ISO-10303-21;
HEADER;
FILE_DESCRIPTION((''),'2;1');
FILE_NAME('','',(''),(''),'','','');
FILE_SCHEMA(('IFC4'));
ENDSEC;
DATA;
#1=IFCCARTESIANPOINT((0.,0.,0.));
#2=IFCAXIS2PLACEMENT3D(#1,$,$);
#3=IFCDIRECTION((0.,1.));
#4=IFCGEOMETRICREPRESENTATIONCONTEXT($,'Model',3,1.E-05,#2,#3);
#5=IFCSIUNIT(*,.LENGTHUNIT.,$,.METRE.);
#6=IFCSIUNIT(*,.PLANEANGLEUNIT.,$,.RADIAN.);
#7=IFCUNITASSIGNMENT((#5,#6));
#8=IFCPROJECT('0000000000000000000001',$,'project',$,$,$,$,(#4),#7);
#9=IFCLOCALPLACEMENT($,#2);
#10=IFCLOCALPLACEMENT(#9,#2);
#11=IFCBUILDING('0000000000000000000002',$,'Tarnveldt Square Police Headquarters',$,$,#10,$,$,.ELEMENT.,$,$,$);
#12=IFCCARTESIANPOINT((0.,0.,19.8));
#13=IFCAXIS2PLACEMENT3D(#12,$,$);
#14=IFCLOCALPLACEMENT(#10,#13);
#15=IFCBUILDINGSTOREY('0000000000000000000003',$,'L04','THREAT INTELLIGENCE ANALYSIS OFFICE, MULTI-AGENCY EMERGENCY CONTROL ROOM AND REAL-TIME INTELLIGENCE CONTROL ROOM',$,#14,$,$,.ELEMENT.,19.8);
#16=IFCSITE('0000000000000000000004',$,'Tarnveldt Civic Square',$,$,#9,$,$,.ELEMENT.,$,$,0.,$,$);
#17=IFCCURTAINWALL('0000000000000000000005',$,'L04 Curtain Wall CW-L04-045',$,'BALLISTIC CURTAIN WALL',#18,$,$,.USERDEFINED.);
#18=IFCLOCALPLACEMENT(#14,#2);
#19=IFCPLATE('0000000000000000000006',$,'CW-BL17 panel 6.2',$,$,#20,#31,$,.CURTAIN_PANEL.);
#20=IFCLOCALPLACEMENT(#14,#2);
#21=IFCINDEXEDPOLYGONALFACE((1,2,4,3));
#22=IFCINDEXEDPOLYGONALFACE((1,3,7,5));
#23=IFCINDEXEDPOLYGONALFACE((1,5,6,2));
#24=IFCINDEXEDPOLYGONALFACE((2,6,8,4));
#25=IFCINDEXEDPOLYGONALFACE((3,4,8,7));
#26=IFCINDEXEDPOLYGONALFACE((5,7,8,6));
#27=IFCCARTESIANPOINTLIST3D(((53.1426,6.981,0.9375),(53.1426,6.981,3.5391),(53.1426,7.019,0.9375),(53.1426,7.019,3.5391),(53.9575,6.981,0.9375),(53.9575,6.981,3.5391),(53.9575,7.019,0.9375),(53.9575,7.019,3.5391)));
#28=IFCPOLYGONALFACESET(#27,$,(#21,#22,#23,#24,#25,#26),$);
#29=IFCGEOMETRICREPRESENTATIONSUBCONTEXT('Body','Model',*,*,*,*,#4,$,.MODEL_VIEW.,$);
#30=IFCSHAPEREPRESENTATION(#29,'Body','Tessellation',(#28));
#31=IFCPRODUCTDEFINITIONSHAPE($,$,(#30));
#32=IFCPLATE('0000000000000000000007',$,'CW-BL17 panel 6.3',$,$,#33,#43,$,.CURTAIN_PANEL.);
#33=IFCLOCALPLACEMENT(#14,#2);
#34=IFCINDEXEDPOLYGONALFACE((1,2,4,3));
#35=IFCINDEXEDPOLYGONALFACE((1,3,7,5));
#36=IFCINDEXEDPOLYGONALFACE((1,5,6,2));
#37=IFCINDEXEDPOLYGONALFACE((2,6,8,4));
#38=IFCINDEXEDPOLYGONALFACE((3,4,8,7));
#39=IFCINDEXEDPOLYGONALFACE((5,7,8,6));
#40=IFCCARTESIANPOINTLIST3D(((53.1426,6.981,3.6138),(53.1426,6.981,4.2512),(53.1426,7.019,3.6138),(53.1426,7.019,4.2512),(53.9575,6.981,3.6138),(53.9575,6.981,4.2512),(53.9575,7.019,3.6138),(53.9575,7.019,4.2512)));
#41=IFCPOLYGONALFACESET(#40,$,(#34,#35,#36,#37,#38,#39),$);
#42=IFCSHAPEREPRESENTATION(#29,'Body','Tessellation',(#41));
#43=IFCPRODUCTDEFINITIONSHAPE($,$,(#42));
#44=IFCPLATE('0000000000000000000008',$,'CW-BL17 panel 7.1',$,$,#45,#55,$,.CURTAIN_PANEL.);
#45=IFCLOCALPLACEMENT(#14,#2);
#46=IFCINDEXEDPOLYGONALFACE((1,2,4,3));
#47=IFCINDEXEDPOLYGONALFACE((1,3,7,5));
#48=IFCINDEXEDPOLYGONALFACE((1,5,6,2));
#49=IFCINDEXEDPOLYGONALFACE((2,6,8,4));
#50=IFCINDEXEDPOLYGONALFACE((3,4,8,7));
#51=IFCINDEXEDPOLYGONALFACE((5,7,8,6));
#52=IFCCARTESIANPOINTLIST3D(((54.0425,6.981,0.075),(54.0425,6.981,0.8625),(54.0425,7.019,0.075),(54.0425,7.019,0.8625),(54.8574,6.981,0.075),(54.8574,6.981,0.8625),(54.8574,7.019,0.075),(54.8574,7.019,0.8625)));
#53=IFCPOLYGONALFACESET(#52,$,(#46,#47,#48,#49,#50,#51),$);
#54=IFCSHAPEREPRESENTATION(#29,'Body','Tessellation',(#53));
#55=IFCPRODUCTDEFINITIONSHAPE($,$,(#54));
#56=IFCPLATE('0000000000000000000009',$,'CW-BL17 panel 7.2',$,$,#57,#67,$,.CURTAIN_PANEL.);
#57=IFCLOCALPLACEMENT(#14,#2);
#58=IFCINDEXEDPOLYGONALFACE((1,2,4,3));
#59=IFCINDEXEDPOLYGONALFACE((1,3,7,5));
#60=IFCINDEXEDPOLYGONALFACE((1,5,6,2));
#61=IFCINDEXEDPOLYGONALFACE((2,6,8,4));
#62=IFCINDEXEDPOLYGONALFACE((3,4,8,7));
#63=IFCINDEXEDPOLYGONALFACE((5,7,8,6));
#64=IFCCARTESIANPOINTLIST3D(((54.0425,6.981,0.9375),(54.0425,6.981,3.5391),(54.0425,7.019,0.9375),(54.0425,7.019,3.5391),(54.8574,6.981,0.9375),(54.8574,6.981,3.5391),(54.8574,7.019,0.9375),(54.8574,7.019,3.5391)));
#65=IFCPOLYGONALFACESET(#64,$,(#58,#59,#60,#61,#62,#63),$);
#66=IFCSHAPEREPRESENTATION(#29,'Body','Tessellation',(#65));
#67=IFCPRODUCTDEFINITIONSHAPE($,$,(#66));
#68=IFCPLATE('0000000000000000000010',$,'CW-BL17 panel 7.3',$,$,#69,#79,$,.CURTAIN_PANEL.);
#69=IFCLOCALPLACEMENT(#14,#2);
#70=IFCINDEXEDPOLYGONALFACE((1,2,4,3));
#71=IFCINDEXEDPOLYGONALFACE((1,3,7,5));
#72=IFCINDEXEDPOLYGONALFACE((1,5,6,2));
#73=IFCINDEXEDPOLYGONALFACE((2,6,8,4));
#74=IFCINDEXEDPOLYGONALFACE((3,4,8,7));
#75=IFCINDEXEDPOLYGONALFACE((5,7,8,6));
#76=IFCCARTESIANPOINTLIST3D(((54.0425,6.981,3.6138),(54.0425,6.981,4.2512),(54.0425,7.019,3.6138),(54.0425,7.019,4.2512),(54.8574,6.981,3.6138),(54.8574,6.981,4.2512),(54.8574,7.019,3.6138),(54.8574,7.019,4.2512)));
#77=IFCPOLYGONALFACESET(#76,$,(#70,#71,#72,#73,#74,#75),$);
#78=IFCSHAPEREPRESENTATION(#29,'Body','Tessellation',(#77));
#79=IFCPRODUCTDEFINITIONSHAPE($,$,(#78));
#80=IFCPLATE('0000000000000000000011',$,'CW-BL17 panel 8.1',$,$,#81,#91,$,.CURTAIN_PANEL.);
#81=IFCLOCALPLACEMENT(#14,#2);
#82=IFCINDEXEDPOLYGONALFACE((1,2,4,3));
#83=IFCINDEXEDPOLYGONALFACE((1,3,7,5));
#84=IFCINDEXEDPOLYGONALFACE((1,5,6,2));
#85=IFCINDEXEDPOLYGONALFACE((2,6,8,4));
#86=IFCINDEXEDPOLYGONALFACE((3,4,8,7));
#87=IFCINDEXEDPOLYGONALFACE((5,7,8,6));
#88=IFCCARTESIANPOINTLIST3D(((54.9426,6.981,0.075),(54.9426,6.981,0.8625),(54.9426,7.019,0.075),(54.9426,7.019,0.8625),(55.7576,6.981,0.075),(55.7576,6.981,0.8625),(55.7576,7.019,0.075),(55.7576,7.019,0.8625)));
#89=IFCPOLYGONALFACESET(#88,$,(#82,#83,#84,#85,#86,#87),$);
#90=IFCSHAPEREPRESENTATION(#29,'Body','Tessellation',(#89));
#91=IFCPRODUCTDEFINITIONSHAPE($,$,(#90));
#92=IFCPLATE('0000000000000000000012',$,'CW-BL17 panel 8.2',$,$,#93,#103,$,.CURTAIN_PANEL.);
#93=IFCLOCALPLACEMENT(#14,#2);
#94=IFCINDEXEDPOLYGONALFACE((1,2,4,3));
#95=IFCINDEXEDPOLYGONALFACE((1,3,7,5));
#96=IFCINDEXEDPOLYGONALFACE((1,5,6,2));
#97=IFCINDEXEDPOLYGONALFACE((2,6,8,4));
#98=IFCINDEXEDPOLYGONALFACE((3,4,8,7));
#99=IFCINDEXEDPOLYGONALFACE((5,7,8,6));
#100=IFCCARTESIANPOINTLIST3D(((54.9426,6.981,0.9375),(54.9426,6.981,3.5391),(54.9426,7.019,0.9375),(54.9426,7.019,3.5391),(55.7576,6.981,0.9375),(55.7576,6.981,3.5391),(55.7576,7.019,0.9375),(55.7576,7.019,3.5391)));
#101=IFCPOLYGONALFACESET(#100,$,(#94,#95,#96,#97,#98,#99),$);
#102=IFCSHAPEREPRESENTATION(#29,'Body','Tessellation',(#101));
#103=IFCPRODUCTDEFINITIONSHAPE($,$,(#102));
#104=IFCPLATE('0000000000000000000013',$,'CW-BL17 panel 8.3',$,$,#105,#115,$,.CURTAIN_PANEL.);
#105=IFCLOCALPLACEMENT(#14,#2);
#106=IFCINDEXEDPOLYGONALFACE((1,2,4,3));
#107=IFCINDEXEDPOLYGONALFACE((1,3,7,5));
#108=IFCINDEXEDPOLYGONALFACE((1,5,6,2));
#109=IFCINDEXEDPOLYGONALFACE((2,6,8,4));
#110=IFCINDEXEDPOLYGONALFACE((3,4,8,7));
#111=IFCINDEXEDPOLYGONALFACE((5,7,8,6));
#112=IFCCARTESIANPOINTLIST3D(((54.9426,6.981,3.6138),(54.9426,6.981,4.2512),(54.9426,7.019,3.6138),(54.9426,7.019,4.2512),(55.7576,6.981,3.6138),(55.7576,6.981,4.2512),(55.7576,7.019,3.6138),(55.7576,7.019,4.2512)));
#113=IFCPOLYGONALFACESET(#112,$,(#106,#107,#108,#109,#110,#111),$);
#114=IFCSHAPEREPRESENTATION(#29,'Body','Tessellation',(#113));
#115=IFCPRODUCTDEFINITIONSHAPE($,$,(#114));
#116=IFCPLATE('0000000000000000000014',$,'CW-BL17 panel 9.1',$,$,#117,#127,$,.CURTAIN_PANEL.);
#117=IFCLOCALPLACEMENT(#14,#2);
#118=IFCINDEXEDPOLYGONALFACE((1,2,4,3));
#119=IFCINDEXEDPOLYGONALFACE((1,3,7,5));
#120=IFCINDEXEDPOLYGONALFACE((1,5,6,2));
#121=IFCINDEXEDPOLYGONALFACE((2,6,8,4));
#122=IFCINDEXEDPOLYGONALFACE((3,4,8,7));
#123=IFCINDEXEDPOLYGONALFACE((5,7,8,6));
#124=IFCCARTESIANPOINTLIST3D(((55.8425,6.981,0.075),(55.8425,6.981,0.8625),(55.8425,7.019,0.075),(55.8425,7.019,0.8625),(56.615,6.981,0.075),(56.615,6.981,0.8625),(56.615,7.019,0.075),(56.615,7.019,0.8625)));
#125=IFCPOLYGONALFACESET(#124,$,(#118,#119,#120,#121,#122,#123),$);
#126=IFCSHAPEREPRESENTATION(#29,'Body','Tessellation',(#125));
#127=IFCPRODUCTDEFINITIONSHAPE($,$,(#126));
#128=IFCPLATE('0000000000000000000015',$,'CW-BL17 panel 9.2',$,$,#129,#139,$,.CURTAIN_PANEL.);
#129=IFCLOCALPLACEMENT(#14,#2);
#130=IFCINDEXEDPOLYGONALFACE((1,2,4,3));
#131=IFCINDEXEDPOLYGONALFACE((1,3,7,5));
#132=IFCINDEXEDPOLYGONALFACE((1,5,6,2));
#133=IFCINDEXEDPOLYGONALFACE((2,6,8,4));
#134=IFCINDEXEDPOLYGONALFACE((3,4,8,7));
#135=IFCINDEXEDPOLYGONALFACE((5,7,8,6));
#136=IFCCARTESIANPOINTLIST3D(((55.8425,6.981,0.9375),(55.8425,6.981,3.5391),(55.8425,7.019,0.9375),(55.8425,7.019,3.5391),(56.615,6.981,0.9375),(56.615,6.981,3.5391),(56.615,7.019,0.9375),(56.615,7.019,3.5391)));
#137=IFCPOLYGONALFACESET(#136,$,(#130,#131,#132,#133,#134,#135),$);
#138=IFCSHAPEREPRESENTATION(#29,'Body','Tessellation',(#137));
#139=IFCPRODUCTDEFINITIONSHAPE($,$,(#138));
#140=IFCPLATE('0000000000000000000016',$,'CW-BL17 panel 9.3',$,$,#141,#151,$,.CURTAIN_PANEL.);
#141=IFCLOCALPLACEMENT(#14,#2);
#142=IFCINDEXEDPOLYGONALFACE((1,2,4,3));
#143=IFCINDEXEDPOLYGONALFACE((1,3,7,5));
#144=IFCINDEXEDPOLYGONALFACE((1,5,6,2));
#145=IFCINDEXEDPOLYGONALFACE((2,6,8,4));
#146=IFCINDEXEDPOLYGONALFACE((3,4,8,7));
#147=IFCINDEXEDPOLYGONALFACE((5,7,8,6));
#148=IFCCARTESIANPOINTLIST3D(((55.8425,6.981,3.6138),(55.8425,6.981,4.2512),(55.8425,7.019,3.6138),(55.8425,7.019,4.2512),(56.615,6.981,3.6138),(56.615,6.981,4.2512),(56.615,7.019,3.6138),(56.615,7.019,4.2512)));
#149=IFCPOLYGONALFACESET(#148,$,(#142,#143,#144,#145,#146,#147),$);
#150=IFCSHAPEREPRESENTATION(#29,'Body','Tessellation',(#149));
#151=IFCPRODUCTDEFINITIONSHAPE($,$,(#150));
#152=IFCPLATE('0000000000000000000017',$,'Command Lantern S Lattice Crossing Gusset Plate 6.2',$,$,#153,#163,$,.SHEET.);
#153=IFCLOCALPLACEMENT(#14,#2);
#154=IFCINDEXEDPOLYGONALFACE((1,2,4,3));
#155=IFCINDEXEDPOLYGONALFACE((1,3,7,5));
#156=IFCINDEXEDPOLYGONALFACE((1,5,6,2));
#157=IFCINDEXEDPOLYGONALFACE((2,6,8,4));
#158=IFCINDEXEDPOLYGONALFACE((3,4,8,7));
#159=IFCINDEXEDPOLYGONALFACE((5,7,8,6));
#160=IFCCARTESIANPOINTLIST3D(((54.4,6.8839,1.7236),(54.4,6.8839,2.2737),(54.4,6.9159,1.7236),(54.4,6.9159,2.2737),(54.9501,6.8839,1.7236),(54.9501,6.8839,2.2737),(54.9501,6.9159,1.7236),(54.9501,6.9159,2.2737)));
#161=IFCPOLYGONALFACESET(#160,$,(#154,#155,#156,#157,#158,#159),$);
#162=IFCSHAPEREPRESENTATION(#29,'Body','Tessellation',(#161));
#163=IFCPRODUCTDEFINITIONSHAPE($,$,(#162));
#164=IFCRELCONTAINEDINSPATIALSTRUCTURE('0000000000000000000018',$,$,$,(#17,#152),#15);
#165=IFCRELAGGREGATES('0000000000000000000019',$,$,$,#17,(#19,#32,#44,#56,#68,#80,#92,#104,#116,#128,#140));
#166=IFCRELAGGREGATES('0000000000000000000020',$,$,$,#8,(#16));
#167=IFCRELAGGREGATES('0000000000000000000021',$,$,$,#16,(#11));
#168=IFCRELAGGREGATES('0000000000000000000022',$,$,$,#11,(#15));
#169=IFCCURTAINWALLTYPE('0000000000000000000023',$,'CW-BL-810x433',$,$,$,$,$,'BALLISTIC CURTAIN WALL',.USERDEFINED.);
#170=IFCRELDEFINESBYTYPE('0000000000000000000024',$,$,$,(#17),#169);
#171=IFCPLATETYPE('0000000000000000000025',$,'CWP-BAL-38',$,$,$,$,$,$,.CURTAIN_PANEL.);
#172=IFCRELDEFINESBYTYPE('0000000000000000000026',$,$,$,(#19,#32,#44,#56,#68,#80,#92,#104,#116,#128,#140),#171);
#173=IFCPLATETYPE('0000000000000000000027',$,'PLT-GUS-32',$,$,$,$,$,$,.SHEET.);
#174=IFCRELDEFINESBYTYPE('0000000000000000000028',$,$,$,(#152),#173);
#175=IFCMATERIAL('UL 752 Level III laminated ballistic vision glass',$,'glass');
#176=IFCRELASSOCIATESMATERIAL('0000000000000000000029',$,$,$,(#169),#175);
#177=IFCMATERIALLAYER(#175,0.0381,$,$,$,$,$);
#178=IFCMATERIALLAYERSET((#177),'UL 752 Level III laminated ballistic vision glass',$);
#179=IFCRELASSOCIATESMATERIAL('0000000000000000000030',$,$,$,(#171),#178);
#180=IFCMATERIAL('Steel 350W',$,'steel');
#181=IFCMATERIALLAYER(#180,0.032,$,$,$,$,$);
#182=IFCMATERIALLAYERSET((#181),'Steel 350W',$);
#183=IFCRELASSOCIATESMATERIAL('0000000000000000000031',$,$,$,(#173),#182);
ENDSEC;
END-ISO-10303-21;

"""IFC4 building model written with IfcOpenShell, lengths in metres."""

from ifc_helpers import new_model, si_unit, direction, frame, origin, origin_2d, place, context, subcontext, project, spatial, rectangle, extrude, material, layer, layer_set, type_object, element, aggregate, save


model = new_model("IFC4")

# Units and contexts
model_context = context("Model", 3, precision=1e-05, world=origin(), true_north=direction((0.0, 1.0)))
body_context = subcontext(model_context, "Body", "Model", "MODEL_VIEW")
ifc_project = project(units=[si_unit("LENGTHUNIT", "METRE"), si_unit("PLANEANGLEUNIT", "RADIAN")], contexts=[model_context])

# Site, building, storey
site_placement = place(None, origin())
site = spatial("IfcSite", under=ifc_project, at=site_placement, Name="Tarnveldt Civic Square", CompositionType="ELEMENT", RefElevation=0.0)
building_placement = place(site_placement, origin())
building = spatial("IfcBuilding", under=site, at=building_placement, Name="Tarnveldt Square Police Headquarters", CompositionType="ELEMENT")
storey_placement = place(building_placement, frame((0.0, 0.0, 19.8)))
storey = spatial("IfcBuildingStorey", under=building, at=storey_placement, Name="L04", Description="THREAT INTELLIGENCE ANALYSIS OFFICE, MULTI-AGENCY EMERGENCY CONTROL ROOM AND REAL-TIME INTELLIGENCE CONTROL ROOM", CompositionType="ELEMENT", Elevation=19.8)

# Curtain wall
ifc_material_1 = material(Name="UL 752 Level III laminated ballistic vision glass", Category="glass")
curtain_wall_type = type_object("IfcCurtainWallType", Name="CW-BL-810x433", ElementType="BALLISTIC CURTAIN WALL", PredefinedType="USERDEFINED", material=ifc_material_1)
curtain_wall_placement = place(storey_placement, origin())
curtain_wall = element("IfcCurtainWall", 1, at=curtain_wall_placement, inside=storey, type_object=curtain_wall_type, Name="L04 Curtain Wall CW-L04-045", ObjectType="BALLISTIC CURTAIN WALL", PredefinedType="USERDEFINED")

# Shared definitions
ifc_material_2 = material(Name="Steel 350W", Category="steel")

# Plates
ifc_layer_1 = layer(ifc_material_1, 0.0381)
ifc_layer_set_1 = layer_set([ifc_layer_1], Name="UL 752 Level III laminated ballistic vision glass")
plate_type_1 = type_object("IfcPlateType", Name="CWP-BAL-38", PredefinedType="CURTAIN_PANEL", material=ifc_layer_set_1)
plate_1_placement = place(storey_placement, frame((53.55, 7.0, 0.9375), z_axis=(0.0, 0.0, 1.0), x_axis=(1.0, 0.0, 0.0)))
plate_1 = element("IfcPlate", 2, at=plate_1_placement, type_object=plate_type_1, Name="CW-BL17 panel 6.2", PredefinedType="CURTAIN_PANEL", context=body_context, shape_type="SweptSolid", body=[
    extrude(rectangle(XDim=0.8149, YDim=0.0381, at=origin_2d()), origin(), (0.0, 0.0, 1.0), 2.6016),
])
plate_2_placement = place(storey_placement, frame((53.55, 7.0, 3.6138), z_axis=(0.0, 0.0, 1.0), x_axis=(1.0, 0.0, 0.0)))
plate_2 = element("IfcPlate", 3, at=plate_2_placement, type_object=plate_type_1, Name="CW-BL17 panel 6.3", PredefinedType="CURTAIN_PANEL", context=body_context, shape_type="SweptSolid", body=[
    extrude(rectangle(XDim=0.8149, YDim=0.0381, at=origin_2d()), origin(), (0.0, 0.0, 1.0), 0.6375),
])
plate_3_placement = place(storey_placement, frame((54.45, 7.0, 0.075), z_axis=(0.0, 0.0, 1.0), x_axis=(1.0, 0.0, 0.0)))
plate_3 = element("IfcPlate", 4, at=plate_3_placement, type_object=plate_type_1, Name="CW-BL17 panel 7.1", PredefinedType="CURTAIN_PANEL", context=body_context, shape_type="SweptSolid", body=[
    extrude(rectangle(XDim=0.8149, YDim=0.0381, at=origin_2d()), origin(), (0.0, 0.0, 1.0), 0.7876),
])
plate_4_placement = place(storey_placement, frame((54.45, 7.0, 0.9375), z_axis=(0.0, 0.0, 1.0), x_axis=(1.0, 0.0, 0.0)))
plate_4 = element("IfcPlate", 5, at=plate_4_placement, type_object=plate_type_1, Name="CW-BL17 panel 7.2", PredefinedType="CURTAIN_PANEL", context=body_context, shape_type="SweptSolid", body=[
    extrude(rectangle(XDim=0.8149, YDim=0.0381, at=origin_2d()), origin(), (0.0, 0.0, 1.0), 2.6016),
])
plate_5_placement = place(storey_placement, frame((54.45, 7.0, 3.6138), z_axis=(0.0, 0.0, 1.0), x_axis=(1.0, 0.0, 0.0)))
plate_5 = element("IfcPlate", 6, at=plate_5_placement, type_object=plate_type_1, Name="CW-BL17 panel 7.3", PredefinedType="CURTAIN_PANEL", context=body_context, shape_type="SweptSolid", body=[
    extrude(rectangle(XDim=0.8149, YDim=0.0381, at=origin_2d()), origin(), (0.0, 0.0, 1.0), 0.6375),
])
plate_6_placement = place(storey_placement, frame((55.3501, 7.0, 0.075), z_axis=(0.0, 0.0, 1.0), x_axis=(1.0, 0.0, 0.0)))
plate_6 = element("IfcPlate", 7, at=plate_6_placement, type_object=plate_type_1, Name="CW-BL17 panel 8.1", PredefinedType="CURTAIN_PANEL", context=body_context, shape_type="SweptSolid", body=[
    extrude(rectangle(XDim=0.8149, YDim=0.0381, at=origin_2d()), origin(), (0.0, 0.0, 1.0), 0.7876),
])
plate_7_placement = place(storey_placement, frame((55.3501, 7.0, 0.9375), z_axis=(0.0, 0.0, 1.0), x_axis=(1.0, 0.0, 0.0)))
plate_7 = element("IfcPlate", 8, at=plate_7_placement, type_object=plate_type_1, Name="CW-BL17 panel 8.2", PredefinedType="CURTAIN_PANEL", context=body_context, shape_type="SweptSolid", body=[
    extrude(rectangle(XDim=0.8149, YDim=0.0381, at=origin_2d()), origin(), (0.0, 0.0, 1.0), 2.6016),
])
plate_8_placement = place(storey_placement, frame((55.3501, 7.0, 3.6138), z_axis=(0.0, 0.0, 1.0), x_axis=(1.0, 0.0, 0.0)))
plate_8 = element("IfcPlate", 9, at=plate_8_placement, type_object=plate_type_1, Name="CW-BL17 panel 8.3", PredefinedType="CURTAIN_PANEL", context=body_context, shape_type="SweptSolid", body=[
    extrude(rectangle(XDim=0.8149, YDim=0.0381, at=origin_2d()), origin(), (0.0, 0.0, 1.0), 0.6375),
])
plate_9_placement = place(storey_placement, frame((56.2288, 7.0, 0.075), z_axis=(0.0, 0.0, 1.0), x_axis=(1.0, 0.0, 0.0)))
plate_9 = element("IfcPlate", 10, at=plate_9_placement, type_object=plate_type_1, Name="CW-BL17 panel 9.1", PredefinedType="CURTAIN_PANEL", context=body_context, shape_type="SweptSolid", body=[
    extrude(rectangle(XDim=0.7725, YDim=0.0381, at=origin_2d()), origin(), (0.0, 0.0, 1.0), 0.7876),
])
plate_10_placement = place(storey_placement, frame((56.2288, 7.0, 0.9375), z_axis=(0.0, 0.0, 1.0), x_axis=(1.0, 0.0, 0.0)))
plate_10 = element("IfcPlate", 11, at=plate_10_placement, type_object=plate_type_1, Name="CW-BL17 panel 9.2", PredefinedType="CURTAIN_PANEL", context=body_context, shape_type="SweptSolid", body=[
    extrude(rectangle(XDim=0.7725, YDim=0.0381, at=origin_2d()), origin(), (0.0, 0.0, 1.0), 2.6016),
])
plate_11_placement = place(storey_placement, frame((56.2288, 7.0, 3.6138), z_axis=(0.0, 0.0, 1.0), x_axis=(1.0, 0.0, 0.0)))
plate_11 = element("IfcPlate", 12, at=plate_11_placement, type_object=plate_type_1, Name="CW-BL17 panel 9.3", PredefinedType="CURTAIN_PANEL", context=body_context, shape_type="SweptSolid", body=[
    extrude(rectangle(XDim=0.7725, YDim=0.0381, at=origin_2d()), origin(), (0.0, 0.0, 1.0), 0.6375),
])
aggregate(curtain_wall, [plate_1, plate_2, plate_3, plate_4, plate_5, plate_6, plate_7, plate_8, plate_9, plate_10, plate_11])
ifc_layer_2 = layer(ifc_material_2, 0.032)
ifc_layer_set_2 = layer_set([ifc_layer_2], Name="Steel 350W")
plate_type_2 = type_object("IfcPlateType", Name="PLT-GUS-32", PredefinedType="SHEET", material=ifc_layer_set_2)
plate_12_placement = place(storey_placement, frame((54.675, 6.8999, 1.7236), z_axis=(0.0, 0.0, 1.0), x_axis=(1.0, 0.0, 0.0)))
element("IfcPlate", 13, at=plate_12_placement, inside=storey, type_object=plate_type_2, Name="Command Lantern S Lattice Crossing Gusset Plate 6.2", PredefinedType="SHEET", context=body_context, shape_type="SweptSolid", body=[
    extrude(rectangle(XDim=0.55, YDim=0.032, at=origin_2d()), origin(), (0.0, 0.0, 1.0), 0.55),
])

save(model, "model.ifc")
